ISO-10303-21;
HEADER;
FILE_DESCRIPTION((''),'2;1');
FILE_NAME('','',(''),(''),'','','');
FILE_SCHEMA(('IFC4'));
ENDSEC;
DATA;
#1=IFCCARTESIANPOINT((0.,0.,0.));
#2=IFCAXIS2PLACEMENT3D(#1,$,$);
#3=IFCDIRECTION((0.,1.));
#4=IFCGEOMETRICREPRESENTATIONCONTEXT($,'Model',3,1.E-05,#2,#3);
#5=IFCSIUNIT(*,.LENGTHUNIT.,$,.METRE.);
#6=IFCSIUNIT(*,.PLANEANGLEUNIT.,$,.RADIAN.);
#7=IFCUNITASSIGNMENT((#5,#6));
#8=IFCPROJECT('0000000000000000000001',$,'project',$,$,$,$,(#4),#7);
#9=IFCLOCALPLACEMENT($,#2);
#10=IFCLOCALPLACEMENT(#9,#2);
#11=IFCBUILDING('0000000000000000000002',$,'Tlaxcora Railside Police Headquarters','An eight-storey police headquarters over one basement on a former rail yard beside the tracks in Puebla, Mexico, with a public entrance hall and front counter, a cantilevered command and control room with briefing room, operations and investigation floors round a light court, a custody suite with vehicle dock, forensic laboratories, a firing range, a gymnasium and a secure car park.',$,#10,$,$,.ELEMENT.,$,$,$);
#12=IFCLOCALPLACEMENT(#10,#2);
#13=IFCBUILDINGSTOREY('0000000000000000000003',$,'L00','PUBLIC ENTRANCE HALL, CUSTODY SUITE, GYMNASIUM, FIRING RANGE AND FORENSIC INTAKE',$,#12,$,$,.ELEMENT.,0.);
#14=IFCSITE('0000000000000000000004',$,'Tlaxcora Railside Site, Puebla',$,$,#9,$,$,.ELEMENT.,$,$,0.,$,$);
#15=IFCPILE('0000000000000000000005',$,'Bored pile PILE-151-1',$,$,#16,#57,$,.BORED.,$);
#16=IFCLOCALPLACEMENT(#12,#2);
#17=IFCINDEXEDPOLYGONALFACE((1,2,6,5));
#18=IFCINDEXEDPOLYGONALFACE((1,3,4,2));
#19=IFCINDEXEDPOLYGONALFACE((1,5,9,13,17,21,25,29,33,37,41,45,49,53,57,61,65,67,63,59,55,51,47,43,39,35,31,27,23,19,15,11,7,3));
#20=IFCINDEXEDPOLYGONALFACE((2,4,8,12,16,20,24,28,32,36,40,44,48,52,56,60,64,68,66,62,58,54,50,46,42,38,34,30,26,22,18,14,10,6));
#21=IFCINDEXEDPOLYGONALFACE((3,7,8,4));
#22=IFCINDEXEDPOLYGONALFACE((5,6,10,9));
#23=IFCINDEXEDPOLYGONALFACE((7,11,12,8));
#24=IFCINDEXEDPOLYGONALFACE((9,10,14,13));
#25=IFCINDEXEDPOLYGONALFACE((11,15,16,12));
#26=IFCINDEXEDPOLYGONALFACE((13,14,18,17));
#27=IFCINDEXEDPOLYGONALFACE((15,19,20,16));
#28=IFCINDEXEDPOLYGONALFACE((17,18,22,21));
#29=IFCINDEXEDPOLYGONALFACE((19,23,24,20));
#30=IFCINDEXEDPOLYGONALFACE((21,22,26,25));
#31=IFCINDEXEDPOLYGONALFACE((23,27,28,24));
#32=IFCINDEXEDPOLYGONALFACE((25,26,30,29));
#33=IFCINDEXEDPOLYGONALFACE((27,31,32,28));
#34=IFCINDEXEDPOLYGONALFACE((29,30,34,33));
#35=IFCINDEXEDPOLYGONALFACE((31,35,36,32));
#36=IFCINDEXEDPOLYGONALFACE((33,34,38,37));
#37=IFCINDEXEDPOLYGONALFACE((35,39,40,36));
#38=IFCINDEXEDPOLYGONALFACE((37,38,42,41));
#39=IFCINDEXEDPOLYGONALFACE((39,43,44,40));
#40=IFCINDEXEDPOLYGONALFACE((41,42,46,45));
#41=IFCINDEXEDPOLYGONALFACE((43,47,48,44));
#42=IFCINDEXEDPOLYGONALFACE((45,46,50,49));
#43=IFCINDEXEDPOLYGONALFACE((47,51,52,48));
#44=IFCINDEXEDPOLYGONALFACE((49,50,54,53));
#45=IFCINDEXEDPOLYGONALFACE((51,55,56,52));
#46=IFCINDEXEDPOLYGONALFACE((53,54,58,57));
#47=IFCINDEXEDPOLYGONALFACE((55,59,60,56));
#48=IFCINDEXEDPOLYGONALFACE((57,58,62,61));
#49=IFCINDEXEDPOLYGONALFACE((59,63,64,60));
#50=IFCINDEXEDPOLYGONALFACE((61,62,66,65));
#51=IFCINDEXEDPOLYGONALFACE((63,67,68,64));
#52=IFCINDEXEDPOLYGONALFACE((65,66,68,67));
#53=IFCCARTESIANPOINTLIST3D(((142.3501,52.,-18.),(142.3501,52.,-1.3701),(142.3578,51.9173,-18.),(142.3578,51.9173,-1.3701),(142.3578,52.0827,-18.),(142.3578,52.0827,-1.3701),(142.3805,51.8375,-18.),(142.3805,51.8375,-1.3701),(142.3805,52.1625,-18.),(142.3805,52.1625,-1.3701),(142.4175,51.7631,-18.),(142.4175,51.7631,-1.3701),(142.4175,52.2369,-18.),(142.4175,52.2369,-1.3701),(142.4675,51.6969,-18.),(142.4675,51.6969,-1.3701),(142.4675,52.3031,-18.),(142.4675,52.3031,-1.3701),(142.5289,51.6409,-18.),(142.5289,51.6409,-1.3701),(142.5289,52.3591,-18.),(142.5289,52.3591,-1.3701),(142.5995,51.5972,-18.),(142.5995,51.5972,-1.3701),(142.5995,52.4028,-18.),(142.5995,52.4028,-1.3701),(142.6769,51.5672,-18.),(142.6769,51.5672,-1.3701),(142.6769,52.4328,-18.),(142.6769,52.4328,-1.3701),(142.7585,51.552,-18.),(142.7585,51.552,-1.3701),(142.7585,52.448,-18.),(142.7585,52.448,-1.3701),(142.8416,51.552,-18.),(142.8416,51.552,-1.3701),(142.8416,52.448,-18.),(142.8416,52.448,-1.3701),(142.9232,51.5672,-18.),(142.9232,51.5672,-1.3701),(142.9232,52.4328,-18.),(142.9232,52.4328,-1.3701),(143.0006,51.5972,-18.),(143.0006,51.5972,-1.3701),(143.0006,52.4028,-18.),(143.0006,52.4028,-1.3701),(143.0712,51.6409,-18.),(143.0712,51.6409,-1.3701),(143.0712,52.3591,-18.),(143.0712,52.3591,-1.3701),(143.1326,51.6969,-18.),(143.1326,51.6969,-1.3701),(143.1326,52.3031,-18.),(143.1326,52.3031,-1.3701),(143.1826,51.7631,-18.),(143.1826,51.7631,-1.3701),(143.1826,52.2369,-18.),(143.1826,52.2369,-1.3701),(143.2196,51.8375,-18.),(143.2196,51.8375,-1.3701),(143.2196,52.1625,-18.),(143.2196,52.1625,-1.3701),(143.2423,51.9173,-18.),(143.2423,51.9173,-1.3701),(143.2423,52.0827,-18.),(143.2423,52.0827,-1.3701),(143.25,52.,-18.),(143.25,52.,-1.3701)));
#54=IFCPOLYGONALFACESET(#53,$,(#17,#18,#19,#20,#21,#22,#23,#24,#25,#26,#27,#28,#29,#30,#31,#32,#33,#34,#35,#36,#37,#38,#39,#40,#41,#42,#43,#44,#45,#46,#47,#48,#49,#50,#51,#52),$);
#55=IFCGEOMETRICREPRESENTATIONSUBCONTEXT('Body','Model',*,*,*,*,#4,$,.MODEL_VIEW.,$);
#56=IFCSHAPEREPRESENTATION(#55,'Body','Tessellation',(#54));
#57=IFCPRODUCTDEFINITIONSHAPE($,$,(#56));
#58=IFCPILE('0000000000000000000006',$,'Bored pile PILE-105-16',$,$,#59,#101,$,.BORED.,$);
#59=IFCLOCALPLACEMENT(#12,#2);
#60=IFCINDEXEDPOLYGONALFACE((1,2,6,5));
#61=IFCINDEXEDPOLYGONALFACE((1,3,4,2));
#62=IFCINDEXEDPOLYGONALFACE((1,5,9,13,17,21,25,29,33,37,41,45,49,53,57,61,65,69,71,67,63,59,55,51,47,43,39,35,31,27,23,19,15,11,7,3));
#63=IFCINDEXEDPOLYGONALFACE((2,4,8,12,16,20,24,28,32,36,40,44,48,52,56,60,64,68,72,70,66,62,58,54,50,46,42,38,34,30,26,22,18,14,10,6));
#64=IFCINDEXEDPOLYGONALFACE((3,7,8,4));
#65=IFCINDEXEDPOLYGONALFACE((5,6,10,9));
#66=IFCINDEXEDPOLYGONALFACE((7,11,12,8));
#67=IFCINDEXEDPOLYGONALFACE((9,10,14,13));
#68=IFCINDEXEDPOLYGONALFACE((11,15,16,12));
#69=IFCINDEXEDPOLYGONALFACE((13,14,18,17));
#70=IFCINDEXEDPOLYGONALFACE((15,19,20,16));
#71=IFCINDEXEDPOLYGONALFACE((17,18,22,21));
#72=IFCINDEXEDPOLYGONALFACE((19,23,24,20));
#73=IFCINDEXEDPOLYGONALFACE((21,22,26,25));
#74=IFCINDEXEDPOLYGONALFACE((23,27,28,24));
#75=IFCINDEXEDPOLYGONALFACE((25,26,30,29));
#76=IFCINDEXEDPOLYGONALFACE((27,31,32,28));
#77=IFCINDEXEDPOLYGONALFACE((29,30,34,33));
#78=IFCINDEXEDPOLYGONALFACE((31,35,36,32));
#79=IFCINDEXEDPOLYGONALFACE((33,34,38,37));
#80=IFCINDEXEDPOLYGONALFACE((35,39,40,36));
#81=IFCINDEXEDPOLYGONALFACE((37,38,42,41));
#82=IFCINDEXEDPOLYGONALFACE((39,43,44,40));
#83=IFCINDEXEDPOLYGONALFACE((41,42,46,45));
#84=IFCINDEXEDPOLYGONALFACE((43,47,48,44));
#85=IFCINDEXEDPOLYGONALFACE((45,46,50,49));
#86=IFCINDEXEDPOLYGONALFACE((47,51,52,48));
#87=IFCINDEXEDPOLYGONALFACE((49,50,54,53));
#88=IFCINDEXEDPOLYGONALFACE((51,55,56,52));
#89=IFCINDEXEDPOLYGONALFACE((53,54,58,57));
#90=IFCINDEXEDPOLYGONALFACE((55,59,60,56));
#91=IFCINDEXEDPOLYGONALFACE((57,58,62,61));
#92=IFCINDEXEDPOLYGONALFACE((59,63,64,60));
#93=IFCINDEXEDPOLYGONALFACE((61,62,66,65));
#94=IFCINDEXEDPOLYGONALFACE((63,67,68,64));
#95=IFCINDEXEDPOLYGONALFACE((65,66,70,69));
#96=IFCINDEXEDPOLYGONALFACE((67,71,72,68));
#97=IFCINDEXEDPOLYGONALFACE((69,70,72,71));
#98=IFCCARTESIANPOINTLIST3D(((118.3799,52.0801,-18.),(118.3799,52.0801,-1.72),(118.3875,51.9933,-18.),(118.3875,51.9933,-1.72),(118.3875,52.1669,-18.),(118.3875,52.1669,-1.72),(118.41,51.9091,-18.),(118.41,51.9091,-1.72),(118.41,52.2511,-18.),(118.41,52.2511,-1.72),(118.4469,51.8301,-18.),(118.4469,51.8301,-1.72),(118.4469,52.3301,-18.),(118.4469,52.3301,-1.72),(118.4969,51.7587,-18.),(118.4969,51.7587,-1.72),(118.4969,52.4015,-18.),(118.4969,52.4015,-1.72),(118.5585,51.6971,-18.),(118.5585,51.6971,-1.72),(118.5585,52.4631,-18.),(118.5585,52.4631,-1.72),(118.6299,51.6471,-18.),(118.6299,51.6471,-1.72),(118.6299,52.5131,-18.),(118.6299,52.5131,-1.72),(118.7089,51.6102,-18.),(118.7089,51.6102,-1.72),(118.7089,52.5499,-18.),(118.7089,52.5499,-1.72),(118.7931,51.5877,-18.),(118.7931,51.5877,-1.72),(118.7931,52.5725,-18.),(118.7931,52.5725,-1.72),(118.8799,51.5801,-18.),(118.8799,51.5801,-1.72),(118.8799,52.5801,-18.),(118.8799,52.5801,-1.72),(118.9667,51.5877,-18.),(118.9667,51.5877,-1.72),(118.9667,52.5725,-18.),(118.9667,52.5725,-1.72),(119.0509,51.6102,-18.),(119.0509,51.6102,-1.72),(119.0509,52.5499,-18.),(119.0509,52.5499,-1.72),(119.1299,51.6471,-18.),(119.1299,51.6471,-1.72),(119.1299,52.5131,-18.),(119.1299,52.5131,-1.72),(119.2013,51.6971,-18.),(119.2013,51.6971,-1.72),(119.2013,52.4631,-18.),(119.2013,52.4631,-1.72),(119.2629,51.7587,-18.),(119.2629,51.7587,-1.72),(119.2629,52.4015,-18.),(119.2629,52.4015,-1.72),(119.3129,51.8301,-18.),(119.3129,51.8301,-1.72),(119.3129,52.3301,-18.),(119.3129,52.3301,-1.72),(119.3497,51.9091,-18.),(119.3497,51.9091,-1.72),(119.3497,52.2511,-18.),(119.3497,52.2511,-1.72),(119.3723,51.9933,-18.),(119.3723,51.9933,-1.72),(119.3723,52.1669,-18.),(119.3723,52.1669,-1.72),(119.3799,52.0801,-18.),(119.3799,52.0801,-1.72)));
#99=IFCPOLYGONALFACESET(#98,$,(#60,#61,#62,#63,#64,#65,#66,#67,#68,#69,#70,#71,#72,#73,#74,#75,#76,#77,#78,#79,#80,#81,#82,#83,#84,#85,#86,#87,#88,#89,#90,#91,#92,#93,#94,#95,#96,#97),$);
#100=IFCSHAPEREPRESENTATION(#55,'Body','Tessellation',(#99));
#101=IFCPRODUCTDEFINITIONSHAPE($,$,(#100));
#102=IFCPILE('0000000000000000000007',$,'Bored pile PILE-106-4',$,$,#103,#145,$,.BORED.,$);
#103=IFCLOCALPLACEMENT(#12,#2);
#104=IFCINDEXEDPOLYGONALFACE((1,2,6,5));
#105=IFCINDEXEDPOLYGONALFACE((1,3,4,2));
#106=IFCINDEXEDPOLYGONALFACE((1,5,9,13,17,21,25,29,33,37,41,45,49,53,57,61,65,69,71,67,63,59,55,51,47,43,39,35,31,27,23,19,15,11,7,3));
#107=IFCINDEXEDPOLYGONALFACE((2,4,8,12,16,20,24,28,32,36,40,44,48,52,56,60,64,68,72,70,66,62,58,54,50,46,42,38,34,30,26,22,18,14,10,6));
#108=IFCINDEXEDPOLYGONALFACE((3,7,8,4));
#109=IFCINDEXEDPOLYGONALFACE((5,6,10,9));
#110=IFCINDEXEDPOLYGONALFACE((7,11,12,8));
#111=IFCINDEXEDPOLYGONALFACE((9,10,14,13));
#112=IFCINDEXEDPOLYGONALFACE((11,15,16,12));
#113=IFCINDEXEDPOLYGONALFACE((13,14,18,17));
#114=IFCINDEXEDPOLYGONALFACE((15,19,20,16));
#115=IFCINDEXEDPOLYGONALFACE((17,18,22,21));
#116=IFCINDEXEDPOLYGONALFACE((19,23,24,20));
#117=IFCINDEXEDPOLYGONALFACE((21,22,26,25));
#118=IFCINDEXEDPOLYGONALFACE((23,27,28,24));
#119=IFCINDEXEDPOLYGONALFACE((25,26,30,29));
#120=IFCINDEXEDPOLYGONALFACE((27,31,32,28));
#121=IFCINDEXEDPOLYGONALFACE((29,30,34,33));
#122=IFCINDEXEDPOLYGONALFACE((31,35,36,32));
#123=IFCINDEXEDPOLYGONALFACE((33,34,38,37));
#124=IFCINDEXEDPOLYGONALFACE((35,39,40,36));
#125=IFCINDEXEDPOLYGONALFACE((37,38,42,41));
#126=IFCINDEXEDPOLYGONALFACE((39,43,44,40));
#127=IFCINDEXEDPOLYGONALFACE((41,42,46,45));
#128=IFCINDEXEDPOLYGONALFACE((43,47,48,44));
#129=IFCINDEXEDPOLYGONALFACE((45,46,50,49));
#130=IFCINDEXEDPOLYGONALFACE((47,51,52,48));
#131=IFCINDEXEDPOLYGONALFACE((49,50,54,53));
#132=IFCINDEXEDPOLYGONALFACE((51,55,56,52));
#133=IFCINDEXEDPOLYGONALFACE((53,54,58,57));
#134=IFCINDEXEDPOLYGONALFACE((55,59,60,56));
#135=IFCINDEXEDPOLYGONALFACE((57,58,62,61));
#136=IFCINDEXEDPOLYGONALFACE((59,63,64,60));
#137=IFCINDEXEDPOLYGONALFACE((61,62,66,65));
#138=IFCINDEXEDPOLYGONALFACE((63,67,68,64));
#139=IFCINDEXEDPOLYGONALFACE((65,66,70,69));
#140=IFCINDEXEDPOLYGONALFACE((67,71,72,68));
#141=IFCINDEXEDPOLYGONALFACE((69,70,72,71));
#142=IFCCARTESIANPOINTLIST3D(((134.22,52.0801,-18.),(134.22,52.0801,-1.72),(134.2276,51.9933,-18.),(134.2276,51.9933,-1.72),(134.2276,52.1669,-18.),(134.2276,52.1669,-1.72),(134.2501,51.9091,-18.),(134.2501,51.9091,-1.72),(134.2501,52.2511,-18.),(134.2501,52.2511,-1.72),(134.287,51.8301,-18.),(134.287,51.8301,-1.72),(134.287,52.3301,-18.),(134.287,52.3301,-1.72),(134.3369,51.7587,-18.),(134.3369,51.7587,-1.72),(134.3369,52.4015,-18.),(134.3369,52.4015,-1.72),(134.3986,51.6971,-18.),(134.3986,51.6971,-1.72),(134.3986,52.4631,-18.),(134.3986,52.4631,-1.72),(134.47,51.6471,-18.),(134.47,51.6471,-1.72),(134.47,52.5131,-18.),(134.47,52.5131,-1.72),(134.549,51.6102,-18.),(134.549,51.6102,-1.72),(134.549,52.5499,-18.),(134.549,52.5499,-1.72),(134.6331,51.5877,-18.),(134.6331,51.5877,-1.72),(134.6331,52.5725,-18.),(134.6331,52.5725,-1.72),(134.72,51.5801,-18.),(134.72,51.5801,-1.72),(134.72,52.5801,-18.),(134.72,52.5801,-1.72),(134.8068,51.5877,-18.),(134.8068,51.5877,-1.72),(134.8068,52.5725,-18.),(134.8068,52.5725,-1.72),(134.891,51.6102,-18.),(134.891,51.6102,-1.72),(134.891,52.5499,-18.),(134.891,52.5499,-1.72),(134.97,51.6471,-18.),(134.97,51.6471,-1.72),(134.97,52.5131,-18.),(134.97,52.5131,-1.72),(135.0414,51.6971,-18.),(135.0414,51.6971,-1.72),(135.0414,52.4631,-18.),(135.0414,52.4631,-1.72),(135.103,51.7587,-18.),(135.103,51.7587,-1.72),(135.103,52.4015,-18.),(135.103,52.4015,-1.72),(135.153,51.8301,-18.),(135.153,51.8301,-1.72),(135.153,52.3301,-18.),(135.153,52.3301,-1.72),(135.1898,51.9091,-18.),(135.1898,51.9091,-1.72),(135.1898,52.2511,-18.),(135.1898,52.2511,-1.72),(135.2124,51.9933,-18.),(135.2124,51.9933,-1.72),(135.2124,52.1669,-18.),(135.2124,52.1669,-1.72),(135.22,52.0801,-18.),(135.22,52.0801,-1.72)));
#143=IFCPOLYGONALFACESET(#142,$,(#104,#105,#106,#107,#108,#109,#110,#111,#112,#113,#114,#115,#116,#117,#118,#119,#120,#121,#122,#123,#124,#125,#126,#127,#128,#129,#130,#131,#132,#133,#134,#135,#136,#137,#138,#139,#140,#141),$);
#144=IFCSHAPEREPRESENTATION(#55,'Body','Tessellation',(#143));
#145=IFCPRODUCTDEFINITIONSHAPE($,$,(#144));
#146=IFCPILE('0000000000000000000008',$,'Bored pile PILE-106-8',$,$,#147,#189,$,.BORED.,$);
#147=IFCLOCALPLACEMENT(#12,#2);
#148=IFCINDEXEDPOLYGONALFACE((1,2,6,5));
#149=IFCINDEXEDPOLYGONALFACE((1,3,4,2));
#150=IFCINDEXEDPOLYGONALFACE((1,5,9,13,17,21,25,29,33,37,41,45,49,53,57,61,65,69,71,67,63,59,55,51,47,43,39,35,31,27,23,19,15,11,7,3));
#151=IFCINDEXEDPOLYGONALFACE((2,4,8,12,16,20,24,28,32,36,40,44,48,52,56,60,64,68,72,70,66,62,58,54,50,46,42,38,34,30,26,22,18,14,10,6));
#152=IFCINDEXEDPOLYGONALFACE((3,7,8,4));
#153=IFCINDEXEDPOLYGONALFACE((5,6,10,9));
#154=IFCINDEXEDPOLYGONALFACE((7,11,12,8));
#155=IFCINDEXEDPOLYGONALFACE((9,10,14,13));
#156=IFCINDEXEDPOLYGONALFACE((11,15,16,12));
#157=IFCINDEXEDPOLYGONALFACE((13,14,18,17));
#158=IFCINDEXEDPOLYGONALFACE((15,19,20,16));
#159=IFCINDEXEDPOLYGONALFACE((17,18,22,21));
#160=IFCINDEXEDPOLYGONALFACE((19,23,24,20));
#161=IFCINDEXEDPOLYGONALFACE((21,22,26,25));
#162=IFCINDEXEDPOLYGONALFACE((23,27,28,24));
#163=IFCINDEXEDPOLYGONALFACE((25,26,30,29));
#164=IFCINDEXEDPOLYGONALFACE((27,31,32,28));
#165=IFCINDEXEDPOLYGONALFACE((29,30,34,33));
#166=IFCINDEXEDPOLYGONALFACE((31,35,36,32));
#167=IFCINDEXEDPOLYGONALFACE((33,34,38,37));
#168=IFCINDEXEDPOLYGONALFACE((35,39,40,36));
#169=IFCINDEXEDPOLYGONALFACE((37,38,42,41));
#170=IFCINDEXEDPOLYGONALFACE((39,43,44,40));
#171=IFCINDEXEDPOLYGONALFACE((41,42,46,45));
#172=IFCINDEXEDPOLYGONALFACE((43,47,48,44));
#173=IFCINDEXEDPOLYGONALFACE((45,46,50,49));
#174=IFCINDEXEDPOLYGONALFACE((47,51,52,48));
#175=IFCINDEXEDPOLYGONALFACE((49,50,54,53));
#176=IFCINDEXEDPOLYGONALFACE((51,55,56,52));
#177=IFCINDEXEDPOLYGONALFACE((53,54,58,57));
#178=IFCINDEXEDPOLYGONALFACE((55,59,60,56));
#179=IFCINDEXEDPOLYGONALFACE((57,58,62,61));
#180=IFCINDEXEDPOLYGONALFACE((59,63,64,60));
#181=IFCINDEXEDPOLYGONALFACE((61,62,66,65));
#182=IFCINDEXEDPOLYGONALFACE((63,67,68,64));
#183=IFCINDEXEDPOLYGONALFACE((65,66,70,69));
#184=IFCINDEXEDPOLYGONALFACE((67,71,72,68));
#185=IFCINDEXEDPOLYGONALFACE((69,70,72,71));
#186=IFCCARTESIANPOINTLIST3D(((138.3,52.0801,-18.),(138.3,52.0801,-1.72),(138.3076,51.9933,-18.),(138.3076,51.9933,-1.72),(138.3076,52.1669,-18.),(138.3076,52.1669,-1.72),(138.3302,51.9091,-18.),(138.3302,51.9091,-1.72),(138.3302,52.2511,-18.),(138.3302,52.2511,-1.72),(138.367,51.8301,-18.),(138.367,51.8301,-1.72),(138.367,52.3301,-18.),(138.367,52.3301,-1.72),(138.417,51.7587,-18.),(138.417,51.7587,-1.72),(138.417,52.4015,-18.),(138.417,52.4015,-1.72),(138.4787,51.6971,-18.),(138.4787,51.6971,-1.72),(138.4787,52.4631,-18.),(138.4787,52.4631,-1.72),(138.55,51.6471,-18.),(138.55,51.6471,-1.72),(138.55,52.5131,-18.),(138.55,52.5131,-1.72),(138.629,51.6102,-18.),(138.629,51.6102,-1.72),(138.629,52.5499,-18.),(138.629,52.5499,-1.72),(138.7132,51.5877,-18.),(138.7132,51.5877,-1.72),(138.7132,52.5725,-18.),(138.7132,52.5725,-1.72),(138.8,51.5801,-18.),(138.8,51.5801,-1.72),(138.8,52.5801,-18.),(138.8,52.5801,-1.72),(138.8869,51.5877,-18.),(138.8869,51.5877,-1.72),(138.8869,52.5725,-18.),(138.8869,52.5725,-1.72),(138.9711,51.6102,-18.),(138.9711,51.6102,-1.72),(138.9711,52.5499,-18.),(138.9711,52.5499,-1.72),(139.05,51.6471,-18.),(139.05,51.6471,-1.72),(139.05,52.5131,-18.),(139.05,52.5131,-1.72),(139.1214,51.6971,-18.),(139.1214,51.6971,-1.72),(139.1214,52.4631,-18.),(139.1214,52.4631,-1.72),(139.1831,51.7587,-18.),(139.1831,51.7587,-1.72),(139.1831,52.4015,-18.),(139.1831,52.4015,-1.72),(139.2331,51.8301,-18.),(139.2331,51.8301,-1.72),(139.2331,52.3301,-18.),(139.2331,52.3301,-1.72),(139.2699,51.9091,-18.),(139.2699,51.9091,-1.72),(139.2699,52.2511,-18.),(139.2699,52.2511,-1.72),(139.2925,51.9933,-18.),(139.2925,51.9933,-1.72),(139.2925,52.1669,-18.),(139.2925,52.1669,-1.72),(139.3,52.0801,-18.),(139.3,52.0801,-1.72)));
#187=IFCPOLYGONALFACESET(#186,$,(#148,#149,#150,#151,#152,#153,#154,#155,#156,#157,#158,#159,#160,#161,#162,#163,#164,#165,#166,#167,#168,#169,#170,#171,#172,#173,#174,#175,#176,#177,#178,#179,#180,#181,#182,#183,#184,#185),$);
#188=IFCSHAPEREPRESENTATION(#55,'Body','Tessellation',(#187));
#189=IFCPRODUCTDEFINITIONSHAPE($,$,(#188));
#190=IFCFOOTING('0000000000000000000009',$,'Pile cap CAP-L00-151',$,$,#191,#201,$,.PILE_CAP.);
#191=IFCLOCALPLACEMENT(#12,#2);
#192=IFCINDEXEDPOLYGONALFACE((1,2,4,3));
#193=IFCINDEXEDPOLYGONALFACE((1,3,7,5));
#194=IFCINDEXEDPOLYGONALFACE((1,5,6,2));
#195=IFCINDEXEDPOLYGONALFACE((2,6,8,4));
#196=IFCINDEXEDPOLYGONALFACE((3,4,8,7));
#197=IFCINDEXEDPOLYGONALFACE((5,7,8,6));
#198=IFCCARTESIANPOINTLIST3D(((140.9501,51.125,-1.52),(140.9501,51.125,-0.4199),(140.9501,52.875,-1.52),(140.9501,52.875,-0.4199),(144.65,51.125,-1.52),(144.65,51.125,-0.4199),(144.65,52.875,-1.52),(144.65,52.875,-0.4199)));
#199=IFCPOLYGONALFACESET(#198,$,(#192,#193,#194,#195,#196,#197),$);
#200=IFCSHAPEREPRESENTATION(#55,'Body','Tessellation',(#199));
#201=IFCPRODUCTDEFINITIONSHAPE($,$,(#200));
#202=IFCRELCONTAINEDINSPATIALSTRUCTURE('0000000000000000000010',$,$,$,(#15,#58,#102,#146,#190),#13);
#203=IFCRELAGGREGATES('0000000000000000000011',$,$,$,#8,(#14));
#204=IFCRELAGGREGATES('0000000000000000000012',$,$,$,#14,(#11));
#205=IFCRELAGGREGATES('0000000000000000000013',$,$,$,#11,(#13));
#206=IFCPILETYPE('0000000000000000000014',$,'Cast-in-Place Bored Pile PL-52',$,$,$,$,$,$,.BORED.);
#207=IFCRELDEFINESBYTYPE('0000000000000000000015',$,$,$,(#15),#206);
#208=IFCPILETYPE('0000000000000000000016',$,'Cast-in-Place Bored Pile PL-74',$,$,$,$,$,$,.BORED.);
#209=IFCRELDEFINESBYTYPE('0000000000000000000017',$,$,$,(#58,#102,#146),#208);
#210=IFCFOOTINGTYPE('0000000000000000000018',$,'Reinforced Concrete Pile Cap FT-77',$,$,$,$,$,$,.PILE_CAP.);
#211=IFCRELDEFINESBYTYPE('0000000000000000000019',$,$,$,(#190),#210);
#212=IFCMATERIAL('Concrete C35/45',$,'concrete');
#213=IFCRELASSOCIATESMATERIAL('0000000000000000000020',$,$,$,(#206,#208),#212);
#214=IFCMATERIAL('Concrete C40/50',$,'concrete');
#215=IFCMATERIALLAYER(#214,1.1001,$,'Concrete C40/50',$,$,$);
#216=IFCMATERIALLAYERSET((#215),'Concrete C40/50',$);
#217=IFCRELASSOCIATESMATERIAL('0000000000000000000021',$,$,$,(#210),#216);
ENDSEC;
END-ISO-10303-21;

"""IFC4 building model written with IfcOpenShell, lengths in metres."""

from ifc_helpers import new_model, si_unit, direction, frame, origin, origin_2d, place, context, subcontext, project, spatial, rectangle, circle, extrude, material, layer, layer_set, material_profile, profile_set, type_object, element, save


model = new_model("IFC4")

# Units and contexts
model_context = context("Model", 3, precision=1e-05, world=origin(), true_north=direction((0.0, 1.0)))
body_context = subcontext(model_context, "Body", "Model", "MODEL_VIEW")
ifc_project = project(units=[si_unit("LENGTHUNIT", "METRE"), si_unit("PLANEANGLEUNIT", "RADIAN")], contexts=[model_context])

# Site, building, storey
site_placement = place(None, origin())
site = spatial("IfcSite", under=ifc_project, at=site_placement, Name="Tlaxcora Railside Site, Puebla", CompositionType="ELEMENT", RefElevation=0.0)
building_placement = place(site_placement, origin())
building = spatial("IfcBuilding", under=site, at=building_placement, Name="Tlaxcora Railside Police Headquarters", Description="An eight-storey police headquarters over one basement on a former rail yard beside the tracks in Puebla, Mexico, with a public entrance hall and front counter, a cantilevered command and control room with briefing room, operations and investigation floors round a light court, a custody suite with vehicle dock, forensic laboratories, a firing range, a gymnasium and a secure car park.", CompositionType="ELEMENT")
storey_placement = place(building_placement, origin())
storey = spatial("IfcBuildingStorey", under=building, at=storey_placement, Name="L00", Description="PUBLIC ENTRANCE HALL, CUSTODY SUITE, GYMNASIUM, FIRING RANGE AND FORENSIC INTAKE", CompositionType="ELEMENT", Elevation=0.0)

# Piles
ifc_material_1 = material(Name="Concrete C35/45", Category="concrete")
ifc_material_profile_1 = material_profile(ifc_material_1, circle(Radius=0.45, at=origin_2d()), Name="PILE900")
ifc_profile_set_1 = profile_set([ifc_material_profile_1], Name="Concrete C35/45")
pile_type_1 = type_object("IfcPileType", Name="Cast-in-Place Bored Pile PL-52", PredefinedType="BORED", material=ifc_profile_set_1)
pile_placement = place(storey_placement, frame((142.8, 52.0, -1.3701), z_axis=(0.0, 0.0, -1.0), x_axis=(1.0, 0.0, 0.0)))
element("IfcPile", 1, at=pile_placement, inside=storey, type_object=pile_type_1, Name="Bored pile PILE-151-1", PredefinedType="BORED", context=body_context, shape_type="SweptSolid", body=[
    extrude(circle(Radius=0.45, at=origin_2d()), origin(), (0.0, 0.0, 1.0), 16.6299),
])
ifc_material_profile_2 = material_profile(ifc_material_1, circle(Radius=0.5, at=origin_2d()), Name="PILE1000")
ifc_profile_set_2 = profile_set([ifc_material_profile_2], Name="Concrete C35/45")
pile_type_2 = type_object("IfcPileType", Name="Cast-in-Place Bored Pile PL-74", PredefinedType="BORED", material=ifc_profile_set_2)
for number, where, z_axis, x_axis, name in (
    (2, (118.8799, 52.0801, -1.72), (0.0, 0.0, -1.0), (1.0, 0.0, 0.0), "Bored pile PILE-105-16"),
    (3, (134.72, 52.0801, -1.72), (0.0, 0.0, -1.0), (1.0, 0.0, 0.0), "Bored pile PILE-106-4"),
    (4, (138.8, 52.0801, -1.72), (0.0, 0.0, -1.0), (1.0, 0.0, 0.0), "Bored pile PILE-106-8"),
):
    element("IfcPile", number, at=place(storey_placement, frame(where, z_axis=z_axis, x_axis=x_axis)), inside=storey, type_object=pile_type_2, Name=name, PredefinedType="BORED", context=body_context, shape_type="SweptSolid", body=[
        extrude(circle(Radius=0.5, at=origin_2d()), origin(), (0.0, 0.0, 1.0), 16.28),
    ])

# Footing
ifc_material_2 = material(Name="Concrete C40/50", Category="concrete")
ifc_layer_1 = layer(ifc_material_2, 1.1001, Name="Concrete C40/50")
ifc_layer_set_1 = layer_set([ifc_layer_1], Name="Concrete C40/50")
footing_type = type_object("IfcFootingType", Name="Reinforced Concrete Pile Cap FT-77", PredefinedType="PILE_CAP", material=ifc_layer_set_1)
footing_placement = place(storey_placement, frame((142.8, 52.0, -1.52), z_axis=(0.0, 0.0, 1.0), x_axis=(1.0, 0.0, 0.0)))
element("IfcFooting", 5, at=footing_placement, inside=storey, type_object=footing_type, Name="Pile cap CAP-L00-151", PredefinedType="PILE_CAP", context=body_context, shape_type="SweptSolid", body=[
    extrude(rectangle(XDim=3.7, YDim=1.75, at=origin_2d()), origin(), (0.0, 0.0, 1.0), 1.1001),
])

save(model, "model.ifc")
